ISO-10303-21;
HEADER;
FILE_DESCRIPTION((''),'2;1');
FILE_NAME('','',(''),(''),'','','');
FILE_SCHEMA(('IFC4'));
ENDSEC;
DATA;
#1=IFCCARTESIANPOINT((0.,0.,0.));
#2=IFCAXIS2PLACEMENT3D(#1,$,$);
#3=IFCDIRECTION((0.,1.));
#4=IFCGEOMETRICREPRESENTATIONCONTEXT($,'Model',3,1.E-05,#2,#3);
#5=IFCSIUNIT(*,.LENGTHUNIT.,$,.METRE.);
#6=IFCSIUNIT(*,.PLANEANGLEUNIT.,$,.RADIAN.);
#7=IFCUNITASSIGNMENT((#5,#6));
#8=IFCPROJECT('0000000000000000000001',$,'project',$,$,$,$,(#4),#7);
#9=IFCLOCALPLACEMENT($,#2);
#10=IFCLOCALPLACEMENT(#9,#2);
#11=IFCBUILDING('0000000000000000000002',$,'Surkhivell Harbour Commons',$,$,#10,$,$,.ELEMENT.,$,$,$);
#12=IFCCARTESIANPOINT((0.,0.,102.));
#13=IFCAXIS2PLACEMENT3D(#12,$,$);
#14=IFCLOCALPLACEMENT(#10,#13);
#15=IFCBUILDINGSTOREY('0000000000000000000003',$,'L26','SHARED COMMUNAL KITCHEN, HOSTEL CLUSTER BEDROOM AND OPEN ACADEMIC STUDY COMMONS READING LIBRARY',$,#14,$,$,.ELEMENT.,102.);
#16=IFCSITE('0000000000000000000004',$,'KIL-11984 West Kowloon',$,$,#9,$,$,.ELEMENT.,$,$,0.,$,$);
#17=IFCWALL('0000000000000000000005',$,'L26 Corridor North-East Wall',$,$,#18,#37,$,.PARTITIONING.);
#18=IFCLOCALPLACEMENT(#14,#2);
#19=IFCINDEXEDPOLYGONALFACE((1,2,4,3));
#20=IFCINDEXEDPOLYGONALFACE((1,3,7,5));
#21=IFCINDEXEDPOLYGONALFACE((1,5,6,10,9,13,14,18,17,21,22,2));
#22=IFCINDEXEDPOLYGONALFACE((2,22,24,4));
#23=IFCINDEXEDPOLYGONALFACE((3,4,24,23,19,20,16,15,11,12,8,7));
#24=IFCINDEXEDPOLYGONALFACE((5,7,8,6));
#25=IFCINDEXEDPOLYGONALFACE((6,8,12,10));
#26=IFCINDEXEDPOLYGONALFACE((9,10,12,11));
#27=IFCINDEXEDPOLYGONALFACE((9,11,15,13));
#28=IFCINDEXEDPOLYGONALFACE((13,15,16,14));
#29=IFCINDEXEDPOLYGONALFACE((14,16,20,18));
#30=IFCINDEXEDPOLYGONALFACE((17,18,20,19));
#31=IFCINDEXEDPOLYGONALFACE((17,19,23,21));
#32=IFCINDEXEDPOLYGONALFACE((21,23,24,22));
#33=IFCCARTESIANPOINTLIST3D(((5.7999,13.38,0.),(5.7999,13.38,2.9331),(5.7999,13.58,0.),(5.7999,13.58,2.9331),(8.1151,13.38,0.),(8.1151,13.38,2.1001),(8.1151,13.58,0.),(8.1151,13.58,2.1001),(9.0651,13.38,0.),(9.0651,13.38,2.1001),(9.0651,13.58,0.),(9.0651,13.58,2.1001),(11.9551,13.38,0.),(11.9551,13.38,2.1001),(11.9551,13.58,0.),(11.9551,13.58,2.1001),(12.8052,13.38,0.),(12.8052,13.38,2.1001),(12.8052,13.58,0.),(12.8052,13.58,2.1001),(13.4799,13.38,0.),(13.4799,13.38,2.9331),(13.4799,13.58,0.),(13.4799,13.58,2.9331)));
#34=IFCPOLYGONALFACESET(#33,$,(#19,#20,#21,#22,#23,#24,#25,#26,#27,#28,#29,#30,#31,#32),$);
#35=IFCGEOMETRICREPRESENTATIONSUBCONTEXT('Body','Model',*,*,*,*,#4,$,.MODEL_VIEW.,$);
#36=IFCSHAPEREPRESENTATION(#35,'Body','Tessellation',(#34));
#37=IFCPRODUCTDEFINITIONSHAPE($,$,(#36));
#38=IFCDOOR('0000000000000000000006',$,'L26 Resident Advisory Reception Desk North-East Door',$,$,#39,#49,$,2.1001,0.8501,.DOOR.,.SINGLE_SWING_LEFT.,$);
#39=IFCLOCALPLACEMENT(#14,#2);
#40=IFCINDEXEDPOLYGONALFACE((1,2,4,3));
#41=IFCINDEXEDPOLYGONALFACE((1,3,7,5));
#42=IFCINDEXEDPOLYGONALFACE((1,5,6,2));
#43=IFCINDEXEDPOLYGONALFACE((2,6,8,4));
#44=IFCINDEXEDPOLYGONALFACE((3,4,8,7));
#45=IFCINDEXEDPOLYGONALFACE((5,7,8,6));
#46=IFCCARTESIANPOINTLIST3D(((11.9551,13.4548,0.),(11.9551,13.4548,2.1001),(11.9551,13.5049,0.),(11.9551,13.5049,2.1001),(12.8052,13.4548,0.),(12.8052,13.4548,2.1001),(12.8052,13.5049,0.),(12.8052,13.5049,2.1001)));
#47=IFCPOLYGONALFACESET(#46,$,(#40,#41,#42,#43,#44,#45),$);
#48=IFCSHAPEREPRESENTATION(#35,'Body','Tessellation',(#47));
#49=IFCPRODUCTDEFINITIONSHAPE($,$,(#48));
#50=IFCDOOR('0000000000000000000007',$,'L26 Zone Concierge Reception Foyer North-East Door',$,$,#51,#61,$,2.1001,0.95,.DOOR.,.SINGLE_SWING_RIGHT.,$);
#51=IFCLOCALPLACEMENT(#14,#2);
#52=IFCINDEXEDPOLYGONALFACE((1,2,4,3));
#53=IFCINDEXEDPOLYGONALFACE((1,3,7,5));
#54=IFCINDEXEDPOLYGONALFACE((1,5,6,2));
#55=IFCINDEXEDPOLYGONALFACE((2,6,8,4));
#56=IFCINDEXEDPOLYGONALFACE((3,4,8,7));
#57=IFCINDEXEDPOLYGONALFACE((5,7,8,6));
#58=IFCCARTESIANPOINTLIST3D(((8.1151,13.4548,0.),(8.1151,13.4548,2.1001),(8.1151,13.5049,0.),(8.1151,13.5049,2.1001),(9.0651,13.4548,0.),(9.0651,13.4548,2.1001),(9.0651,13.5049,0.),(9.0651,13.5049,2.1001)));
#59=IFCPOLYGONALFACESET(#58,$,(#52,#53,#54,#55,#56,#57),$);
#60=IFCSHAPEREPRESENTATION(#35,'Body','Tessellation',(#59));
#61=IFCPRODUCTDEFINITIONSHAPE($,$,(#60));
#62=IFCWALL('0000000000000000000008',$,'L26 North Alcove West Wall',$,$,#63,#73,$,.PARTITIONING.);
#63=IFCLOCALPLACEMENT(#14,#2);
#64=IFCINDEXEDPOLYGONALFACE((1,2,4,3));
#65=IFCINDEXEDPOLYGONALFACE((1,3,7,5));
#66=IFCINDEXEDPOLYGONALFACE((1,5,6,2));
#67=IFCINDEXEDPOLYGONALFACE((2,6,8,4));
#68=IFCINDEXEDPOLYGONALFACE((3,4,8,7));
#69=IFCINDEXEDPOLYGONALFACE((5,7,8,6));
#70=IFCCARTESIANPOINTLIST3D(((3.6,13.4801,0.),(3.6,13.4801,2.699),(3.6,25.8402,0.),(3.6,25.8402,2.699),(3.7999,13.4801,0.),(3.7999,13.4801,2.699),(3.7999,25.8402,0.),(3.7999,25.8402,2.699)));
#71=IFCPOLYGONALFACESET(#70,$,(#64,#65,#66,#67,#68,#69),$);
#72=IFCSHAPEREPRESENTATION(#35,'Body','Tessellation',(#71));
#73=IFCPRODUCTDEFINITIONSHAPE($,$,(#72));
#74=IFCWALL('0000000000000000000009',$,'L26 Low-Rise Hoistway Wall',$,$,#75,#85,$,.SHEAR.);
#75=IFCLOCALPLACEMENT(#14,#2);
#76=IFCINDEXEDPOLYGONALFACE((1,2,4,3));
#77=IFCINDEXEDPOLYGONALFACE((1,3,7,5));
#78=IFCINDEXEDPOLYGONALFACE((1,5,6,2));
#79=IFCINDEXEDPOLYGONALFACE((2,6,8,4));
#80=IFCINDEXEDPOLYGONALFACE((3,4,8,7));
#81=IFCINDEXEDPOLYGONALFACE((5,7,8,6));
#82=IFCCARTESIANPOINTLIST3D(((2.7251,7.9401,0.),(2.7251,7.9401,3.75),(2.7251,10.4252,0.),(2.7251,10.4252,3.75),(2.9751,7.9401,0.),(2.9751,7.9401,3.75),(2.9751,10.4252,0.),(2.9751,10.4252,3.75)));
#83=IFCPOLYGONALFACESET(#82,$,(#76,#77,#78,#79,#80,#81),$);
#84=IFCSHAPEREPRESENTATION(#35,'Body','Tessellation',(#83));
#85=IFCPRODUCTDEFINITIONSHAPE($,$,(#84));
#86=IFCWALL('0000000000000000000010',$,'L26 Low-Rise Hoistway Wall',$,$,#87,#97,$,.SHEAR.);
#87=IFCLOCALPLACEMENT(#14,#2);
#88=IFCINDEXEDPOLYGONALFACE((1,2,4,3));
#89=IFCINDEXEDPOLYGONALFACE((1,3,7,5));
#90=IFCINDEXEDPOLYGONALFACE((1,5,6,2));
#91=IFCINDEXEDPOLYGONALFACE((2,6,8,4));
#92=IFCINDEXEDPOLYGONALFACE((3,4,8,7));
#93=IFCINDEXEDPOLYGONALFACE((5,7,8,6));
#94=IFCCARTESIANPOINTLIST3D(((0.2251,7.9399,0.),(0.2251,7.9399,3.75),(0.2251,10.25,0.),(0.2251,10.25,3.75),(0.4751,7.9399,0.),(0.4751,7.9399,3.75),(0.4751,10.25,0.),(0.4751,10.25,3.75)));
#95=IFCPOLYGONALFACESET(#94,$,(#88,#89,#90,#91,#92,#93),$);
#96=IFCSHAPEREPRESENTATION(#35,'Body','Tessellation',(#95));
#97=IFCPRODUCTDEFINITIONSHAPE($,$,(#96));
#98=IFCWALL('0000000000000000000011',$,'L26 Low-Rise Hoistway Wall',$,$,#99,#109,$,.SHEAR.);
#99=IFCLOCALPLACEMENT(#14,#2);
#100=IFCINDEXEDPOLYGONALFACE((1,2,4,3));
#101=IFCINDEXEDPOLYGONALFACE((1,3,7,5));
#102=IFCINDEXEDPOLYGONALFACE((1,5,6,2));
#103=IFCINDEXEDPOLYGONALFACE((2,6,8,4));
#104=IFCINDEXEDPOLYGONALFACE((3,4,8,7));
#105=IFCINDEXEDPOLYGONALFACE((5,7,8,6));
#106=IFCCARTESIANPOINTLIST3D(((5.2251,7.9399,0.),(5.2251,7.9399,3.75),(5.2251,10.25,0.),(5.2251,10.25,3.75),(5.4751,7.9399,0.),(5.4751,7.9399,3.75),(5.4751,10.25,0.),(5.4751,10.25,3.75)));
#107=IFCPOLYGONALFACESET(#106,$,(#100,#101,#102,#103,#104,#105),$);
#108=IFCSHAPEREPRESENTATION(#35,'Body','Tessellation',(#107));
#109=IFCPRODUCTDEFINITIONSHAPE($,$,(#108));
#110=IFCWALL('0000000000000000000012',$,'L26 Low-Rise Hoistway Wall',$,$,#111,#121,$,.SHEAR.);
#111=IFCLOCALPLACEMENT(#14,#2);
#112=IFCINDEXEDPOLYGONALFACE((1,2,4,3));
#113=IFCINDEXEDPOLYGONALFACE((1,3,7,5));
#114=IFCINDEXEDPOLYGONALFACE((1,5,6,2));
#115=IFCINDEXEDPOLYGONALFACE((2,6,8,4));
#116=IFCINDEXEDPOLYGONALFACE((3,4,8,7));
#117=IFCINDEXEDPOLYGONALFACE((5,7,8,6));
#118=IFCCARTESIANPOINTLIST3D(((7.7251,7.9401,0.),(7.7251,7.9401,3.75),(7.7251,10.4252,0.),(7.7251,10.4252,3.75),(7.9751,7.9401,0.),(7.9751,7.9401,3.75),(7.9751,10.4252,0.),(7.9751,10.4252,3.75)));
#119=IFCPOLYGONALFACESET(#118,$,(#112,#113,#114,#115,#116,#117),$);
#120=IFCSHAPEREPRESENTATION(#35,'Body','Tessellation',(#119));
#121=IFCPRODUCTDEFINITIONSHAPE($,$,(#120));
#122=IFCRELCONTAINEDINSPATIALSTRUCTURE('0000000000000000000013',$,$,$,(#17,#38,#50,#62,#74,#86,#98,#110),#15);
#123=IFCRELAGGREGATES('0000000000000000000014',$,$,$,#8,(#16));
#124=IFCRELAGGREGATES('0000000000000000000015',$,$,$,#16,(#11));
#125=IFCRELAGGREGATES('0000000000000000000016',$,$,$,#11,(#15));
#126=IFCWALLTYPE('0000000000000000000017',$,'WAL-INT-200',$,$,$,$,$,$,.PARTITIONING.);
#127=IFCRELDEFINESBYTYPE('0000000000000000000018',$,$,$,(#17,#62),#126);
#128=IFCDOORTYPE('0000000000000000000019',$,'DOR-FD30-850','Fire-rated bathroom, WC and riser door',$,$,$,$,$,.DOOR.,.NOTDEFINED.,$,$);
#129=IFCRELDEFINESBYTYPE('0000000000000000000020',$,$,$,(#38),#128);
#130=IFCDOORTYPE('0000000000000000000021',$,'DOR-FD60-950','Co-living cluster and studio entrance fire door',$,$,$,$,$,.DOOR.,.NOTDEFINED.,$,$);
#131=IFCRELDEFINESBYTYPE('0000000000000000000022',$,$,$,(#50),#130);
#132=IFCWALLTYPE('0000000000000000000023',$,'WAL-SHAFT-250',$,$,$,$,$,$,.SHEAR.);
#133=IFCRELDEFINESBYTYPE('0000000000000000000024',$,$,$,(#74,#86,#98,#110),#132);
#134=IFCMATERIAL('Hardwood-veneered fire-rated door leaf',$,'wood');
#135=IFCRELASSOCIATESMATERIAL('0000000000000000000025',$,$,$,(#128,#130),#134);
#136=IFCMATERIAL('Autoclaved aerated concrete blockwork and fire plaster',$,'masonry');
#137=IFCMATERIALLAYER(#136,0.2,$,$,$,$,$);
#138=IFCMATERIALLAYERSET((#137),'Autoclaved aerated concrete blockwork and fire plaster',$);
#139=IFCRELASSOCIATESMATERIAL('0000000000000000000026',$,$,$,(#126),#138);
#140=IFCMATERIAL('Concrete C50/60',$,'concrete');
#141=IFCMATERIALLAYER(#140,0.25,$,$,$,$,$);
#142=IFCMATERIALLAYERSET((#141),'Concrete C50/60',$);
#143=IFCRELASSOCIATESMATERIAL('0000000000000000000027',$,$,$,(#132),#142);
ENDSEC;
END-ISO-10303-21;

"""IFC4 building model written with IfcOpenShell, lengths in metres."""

from ifc_helpers import new_model, si_unit, direction, frame, frame_2d, origin, place, context, subcontext, project, spatial, rectangle, extrude, material, layer, layer_set, type_object, element, fill, save


model = new_model("IFC4")

# Units and contexts
model_context = context("Model", 3, precision=1e-05, world=origin(), true_north=direction((0.0, 1.0)))
body_context = subcontext(model_context, "Body", "Model", "MODEL_VIEW")
ifc_project = project(units=[si_unit("LENGTHUNIT", "METRE"), si_unit("PLANEANGLEUNIT", "RADIAN")], contexts=[model_context])

# Site, building, storey
site_placement = place(None, origin())
site = spatial("IfcSite", under=ifc_project, at=site_placement, Name="KIL-11984 West Kowloon", CompositionType="ELEMENT", RefElevation=0.0)
building_placement = place(site_placement, origin())
building = spatial("IfcBuilding", under=site, at=building_placement, Name="Surkhivell Harbour Commons", CompositionType="ELEMENT")
storey_placement = place(building_placement, frame((0.0, 0.0, 102.0)))
storey = spatial("IfcBuildingStorey", under=building, at=storey_placement, Name="L26", Description="SHARED COMMUNAL KITCHEN, HOSTEL CLUSTER BEDROOM AND OPEN ACADEMIC STUDY COMMONS READING LIBRARY", CompositionType="ELEMENT", Elevation=102.0)

# Shared definitions
ifc_material_1 = material(Name="Hardwood-veneered fire-rated door leaf", Category="wood")
door_type_1 = type_object("IfcDoorType", Name="DOR-FD30-850", Description="Fire-rated bathroom, WC and riser door", OperationType="NOTDEFINED", PredefinedType="DOOR", material=ifc_material_1)

# Wall, openings, doors
ifc_material_2 = material(Name="Autoclaved aerated concrete blockwork and fire plaster", Category="masonry")
ifc_layer_1 = layer(ifc_material_2, 0.2)
ifc_layer_set_1 = layer_set([ifc_layer_1], Name="Autoclaved aerated concrete blockwork and fire plaster")
wall_type_1 = type_object("IfcWallType", Name="WAL-INT-200", PredefinedType="PARTITIONING", material=ifc_layer_set_1)
wall_1_placement = place(storey_placement, frame((5.8, 13.48, 0.0), z_axis=(0.0, 0.0, 1.0), x_axis=(1.0, 0.0, 0.0)))
wall_1 = element("IfcWall", 1, at=wall_1_placement, inside=storey, type_object=wall_type_1, Name="L26 Corridor North-East Wall", PredefinedType="PARTITIONING", context=body_context, shape_type="SweptSolid", body=[
    extrude(rectangle(XDim=7.6799, YDim=0.2, at=frame_2d((3.8398, 0.0))), origin(), (0.0, 0.0, 1.0), 2.9331),
])
opening_1_placement = place(wall_1_placement, frame((2.3149, 0.0, 0.0)))
opening_1 = element("IfcOpeningElement", 2, at=opening_1_placement, cuts=wall_1, PredefinedType="OPENING", context=body_context, shape_type="SweptSolid", body=[
    extrude(rectangle(XDim=0.95, YDim=2.1001, at=frame_2d((0.4751, 1.05))), frame((0.0, 0.1099, 0.0), z_axis=(0.0, -1.0, 0.0), x_axis=(1.0, 0.0, 0.0)), (0.0, 0.0, 1.0), 0.22),
])
opening_2_placement = place(wall_1_placement, frame((6.155, 0.0, 0.0)))
opening_2 = element("IfcOpeningElement", 3, at=opening_2_placement, cuts=wall_1, PredefinedType="OPENING", context=body_context, shape_type="SweptSolid", body=[
    extrude(rectangle(XDim=0.8501, YDim=2.1001, at=frame_2d((0.425, 1.05))), frame((0.0, 0.1099, 0.0), z_axis=(0.0, -1.0, 0.0), x_axis=(1.0, 0.0, 0.0)), (0.0, 0.0, 1.0), 0.22),
])
door_1_placement = place(opening_2_placement, origin())
door_1 = element("IfcDoor", 4, at=door_1_placement, inside=storey, type_object=door_type_1, Name="L26 Resident Advisory Reception Desk North-East Door", OperationType="SINGLE_SWING_LEFT", OverallHeight=2.1001, OverallWidth=0.8501, PredefinedType="DOOR", context=body_context, shape_type="SweptSolid", body=[
    extrude(rectangle(XDim=0.8501, YDim=2.1001, at=frame_2d((0.425, 1.05))), frame((0.0, 0.0249, 0.0), z_axis=(0.0, -1.0, 0.0), x_axis=(1.0, 0.0, 0.0)), (0.0, 0.0, 1.0), 0.05),
])
fill(opening_2, door_1)
door_type_2 = type_object("IfcDoorType", Name="DOR-FD60-950", Description="Co-living cluster and studio entrance fire door", OperationType="NOTDEFINED", PredefinedType="DOOR", material=ifc_material_1)
door_2_placement = place(opening_1_placement, origin())
door_2 = element("IfcDoor", 5, at=door_2_placement, inside=storey, type_object=door_type_2, Name="L26 Zone Concierge Reception Foyer North-East Door", OperationType="SINGLE_SWING_RIGHT", OverallHeight=2.1001, OverallWidth=0.95, PredefinedType="DOOR", context=body_context, shape_type="SweptSolid", body=[
    extrude(rectangle(XDim=0.95, YDim=2.1001, at=frame_2d((0.4751, 1.05))), frame((0.0, 0.0249, 0.0), z_axis=(0.0, -1.0, 0.0), x_axis=(1.0, 0.0, 0.0)), (0.0, 0.0, 1.0), 0.05),
])
fill(opening_1, door_2)

# Walls
wall_2_placement = place(storey_placement, frame((3.7, 13.48, 0.0), z_axis=(0.0, 0.0, 1.0), x_axis=(0.0, 1.0, 0.0)))
element("IfcWall", 6, at=wall_2_placement, inside=storey, type_object=wall_type_1, Name="L26 North Alcove West Wall", PredefinedType="PARTITIONING", context=body_context, shape_type="SweptSolid", body=[
    extrude(rectangle(XDim=12.3601, YDim=0.2, at=frame_2d((6.1802, 0.0))), origin(), (0.0, 0.0, 1.0), 2.699),
])
ifc_material_3 = material(Name="Concrete C50/60", Category="concrete")
ifc_layer_2 = layer(ifc_material_3, 0.25)
ifc_layer_set_2 = layer_set([ifc_layer_2], Name="Concrete C50/60")
wall_type_2 = type_object("IfcWallType", Name="WAL-SHAFT-250", PredefinedType="SHEAR", material=ifc_layer_set_2)
wall_3_placement = place(storey_placement, frame((2.8501, 7.9399, 0.0), z_axis=(0.0, 0.0, 1.0), x_axis=(0.0, 1.0, 0.0)))
element("IfcWall", 7, at=wall_3_placement, inside=storey, type_object=wall_type_2, Name="L26 Low-Rise Hoistway Wall", PredefinedType="SHEAR", context=body_context, shape_type="SweptSolid", body=[
    extrude(rectangle(XDim=2.4851, YDim=0.25, at=frame_2d((1.2427, 0.0))), origin(), (0.0, 0.0, 1.0), 3.75),
])
for number, where, z_axis, x_axis, name in (
    (8, (0.3501, 7.9399, 0.0), (0.0, 0.0, 1.0), (0.0, 1.0, 0.0), "L26 Low-Rise Hoistway Wall"),
    (9, (5.3501, 7.9399, 0.0), (0.0, 0.0, 1.0), (0.0, 1.0, 0.0), "L26 Low-Rise Hoistway Wall"),
):
    element("IfcWall", number, at=place(storey_placement, frame(where, z_axis=z_axis, x_axis=x_axis)), inside=storey, type_object=wall_type_2, Name=name, PredefinedType="SHEAR", context=body_context, shape_type="SweptSolid", body=[
        extrude(rectangle(XDim=2.3101, YDim=0.25, at=frame_2d((1.155, 0.0))), origin(), (0.0, 0.0, 1.0), 3.75),
    ])
wall_4_placement = place(storey_placement, frame((7.8501, 7.9399, 0.0), z_axis=(0.0, 0.0, 1.0), x_axis=(0.0, 1.0, 0.0)))
element("IfcWall", 10, at=wall_4_placement, inside=storey, type_object=wall_type_2, Name="L26 Low-Rise Hoistway Wall", PredefinedType="SHEAR", context=body_context, shape_type="SweptSolid", body=[
    extrude(rectangle(XDim=2.4851, YDim=0.25, at=frame_2d((1.2427, 0.0))), origin(), (0.0, 0.0, 1.0), 3.75),
])

save(model, "model.ifc")
